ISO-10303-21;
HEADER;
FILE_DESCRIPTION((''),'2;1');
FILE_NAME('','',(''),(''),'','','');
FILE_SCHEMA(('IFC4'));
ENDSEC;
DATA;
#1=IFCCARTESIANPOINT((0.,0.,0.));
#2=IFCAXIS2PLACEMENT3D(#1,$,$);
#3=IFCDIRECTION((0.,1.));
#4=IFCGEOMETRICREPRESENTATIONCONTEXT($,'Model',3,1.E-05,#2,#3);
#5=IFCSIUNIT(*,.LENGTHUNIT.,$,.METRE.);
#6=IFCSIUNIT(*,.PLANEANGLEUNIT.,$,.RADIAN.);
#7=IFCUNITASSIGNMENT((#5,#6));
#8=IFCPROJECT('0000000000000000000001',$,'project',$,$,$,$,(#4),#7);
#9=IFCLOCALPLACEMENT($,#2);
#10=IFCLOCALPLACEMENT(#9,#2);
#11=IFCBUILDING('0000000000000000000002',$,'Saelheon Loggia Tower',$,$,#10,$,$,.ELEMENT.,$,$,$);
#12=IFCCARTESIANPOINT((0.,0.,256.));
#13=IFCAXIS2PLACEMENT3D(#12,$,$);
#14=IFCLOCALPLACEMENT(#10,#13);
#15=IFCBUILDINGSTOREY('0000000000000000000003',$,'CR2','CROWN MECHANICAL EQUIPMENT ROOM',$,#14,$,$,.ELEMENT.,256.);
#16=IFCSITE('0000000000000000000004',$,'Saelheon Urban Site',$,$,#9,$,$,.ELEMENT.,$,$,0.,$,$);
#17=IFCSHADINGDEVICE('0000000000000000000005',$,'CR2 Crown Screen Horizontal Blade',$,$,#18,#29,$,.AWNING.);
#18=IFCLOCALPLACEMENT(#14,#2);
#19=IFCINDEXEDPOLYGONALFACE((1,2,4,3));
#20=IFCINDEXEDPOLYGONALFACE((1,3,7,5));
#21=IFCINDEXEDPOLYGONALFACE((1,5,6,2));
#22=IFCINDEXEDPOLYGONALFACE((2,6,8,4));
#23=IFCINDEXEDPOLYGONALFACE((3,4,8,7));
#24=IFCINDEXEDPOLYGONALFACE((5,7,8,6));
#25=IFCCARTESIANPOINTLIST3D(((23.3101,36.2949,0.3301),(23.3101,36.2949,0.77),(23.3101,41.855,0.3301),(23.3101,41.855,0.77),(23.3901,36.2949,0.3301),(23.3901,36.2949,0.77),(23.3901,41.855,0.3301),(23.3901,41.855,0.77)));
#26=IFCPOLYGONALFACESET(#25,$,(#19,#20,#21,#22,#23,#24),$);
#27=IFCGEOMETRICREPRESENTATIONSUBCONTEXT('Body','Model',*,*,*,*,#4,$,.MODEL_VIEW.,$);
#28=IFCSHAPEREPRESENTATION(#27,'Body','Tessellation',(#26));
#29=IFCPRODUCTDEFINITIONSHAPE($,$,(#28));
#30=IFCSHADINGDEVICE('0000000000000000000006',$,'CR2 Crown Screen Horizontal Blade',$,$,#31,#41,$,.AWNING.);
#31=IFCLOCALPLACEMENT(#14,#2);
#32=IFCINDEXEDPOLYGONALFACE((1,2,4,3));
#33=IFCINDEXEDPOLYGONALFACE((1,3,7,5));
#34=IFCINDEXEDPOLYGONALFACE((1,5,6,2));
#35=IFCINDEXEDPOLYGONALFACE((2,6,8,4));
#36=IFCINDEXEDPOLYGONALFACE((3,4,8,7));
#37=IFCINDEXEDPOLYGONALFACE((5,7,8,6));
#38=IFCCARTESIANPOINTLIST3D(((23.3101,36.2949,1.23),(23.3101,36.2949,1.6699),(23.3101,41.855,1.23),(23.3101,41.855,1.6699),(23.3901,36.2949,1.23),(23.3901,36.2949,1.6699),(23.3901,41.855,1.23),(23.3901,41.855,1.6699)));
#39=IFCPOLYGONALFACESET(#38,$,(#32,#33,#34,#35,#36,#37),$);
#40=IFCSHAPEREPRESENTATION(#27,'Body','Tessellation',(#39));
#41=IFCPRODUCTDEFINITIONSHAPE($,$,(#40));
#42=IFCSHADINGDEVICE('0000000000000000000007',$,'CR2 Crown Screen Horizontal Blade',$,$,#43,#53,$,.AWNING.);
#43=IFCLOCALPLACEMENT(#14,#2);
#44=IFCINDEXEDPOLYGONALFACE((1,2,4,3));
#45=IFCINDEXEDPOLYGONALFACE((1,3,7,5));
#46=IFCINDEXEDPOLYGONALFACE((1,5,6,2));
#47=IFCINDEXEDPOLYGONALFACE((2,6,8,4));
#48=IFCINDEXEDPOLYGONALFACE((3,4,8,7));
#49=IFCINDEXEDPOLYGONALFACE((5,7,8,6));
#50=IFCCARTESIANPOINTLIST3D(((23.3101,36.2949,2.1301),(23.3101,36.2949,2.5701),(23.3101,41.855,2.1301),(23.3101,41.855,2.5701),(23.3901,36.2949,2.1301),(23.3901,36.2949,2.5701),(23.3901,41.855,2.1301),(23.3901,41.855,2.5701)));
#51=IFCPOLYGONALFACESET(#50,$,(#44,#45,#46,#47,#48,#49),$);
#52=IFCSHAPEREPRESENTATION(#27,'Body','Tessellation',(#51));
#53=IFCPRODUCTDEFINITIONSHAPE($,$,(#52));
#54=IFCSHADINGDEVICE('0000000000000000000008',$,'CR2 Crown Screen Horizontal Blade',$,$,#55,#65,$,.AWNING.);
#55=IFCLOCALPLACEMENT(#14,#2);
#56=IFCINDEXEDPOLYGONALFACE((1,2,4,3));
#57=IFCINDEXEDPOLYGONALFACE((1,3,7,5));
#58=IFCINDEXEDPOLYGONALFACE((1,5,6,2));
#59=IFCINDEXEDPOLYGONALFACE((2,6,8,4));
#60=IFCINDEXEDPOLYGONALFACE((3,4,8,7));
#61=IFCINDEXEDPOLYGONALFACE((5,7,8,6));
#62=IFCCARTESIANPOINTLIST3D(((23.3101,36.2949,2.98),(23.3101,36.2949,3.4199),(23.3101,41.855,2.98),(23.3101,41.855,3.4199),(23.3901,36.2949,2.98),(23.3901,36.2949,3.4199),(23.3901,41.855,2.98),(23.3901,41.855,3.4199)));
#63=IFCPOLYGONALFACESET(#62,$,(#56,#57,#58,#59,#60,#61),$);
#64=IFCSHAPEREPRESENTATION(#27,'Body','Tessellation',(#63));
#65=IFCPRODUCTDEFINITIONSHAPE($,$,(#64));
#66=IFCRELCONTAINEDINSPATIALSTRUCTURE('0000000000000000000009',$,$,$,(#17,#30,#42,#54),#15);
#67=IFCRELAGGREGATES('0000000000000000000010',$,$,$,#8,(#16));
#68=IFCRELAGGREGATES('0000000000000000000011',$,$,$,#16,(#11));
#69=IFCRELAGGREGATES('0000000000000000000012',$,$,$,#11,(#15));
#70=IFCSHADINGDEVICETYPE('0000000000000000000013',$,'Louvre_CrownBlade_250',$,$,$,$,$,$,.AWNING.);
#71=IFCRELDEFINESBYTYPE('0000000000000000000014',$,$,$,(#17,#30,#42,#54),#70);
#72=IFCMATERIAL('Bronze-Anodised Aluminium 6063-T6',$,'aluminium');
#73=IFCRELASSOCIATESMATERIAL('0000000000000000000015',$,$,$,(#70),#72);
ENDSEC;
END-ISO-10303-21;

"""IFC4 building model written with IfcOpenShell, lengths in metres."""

from ifc_helpers import new_model, si_unit, direction, frame, origin, origin_2d, place, context, subcontext, project, spatial, rectangle, extrude, source, transform, mapped, material, material_profile, profile_set, type_object, element, save


model = new_model("IFC4")

# Units and contexts
model_context = context("Model", 3, precision=1e-05, world=origin(), true_north=direction((0.0, 1.0)))
body_context = subcontext(model_context, "Body", "Model", "MODEL_VIEW")
ifc_project = project(units=[si_unit("LENGTHUNIT", "METRE"), si_unit("PLANEANGLEUNIT", "RADIAN")], contexts=[model_context])

# Site, building, storey
site_placement = place(None, origin())
site = spatial("IfcSite", under=ifc_project, at=site_placement, Name="Saelheon Urban Site", CompositionType="ELEMENT", RefElevation=0.0)
building_placement = place(site_placement, origin())
building = spatial("IfcBuilding", under=site, at=building_placement, Name="Saelheon Loggia Tower", CompositionType="ELEMENT")
storey_placement = place(building_placement, frame((0.0, 0.0, 256.0)))
storey = spatial("IfcBuildingStorey", under=building, at=storey_placement, Name="CR2", Description="CROWN MECHANICAL EQUIPMENT ROOM", CompositionType="ELEMENT", Elevation=256.0)

# Shared definitions
ifc_material_1 = material(Name="Bronze-Anodised Aluminium 6063-T6", Category="aluminium")

# Shading devices
ifc_material_profile_1 = material_profile(ifc_material_1, rectangle(XDim=0.0801, YDim=0.4399, at=origin_2d()), Name="Louvre_CrownBlade_250")
ifc_profile_set_1 = profile_set([ifc_material_profile_1], Name="Bronze-Anodised Aluminium 6063-T6")
shading_device_type = type_object("IfcShadingDeviceType", Name="Louvre_CrownBlade_250", PredefinedType="AWNING", material=ifc_profile_set_1)
shared_shape_1 = source(origin(), body_context, "Body", "SweptSolid", [
    extrude(rectangle(XDim=0.0801, YDim=0.4399, at=origin_2d()), origin(), (0.0, 0.0, 1.0), 5.5601),
])
for number, where, z_axis, x_axis, name in (
    (1, (23.3501, 41.855, 0.55), (0.0, -1.0, 0.0), (1.0, 0.0, 0.0), "CR2 Crown Screen Horizontal Blade"),
    (2, (23.3501, 41.855, 1.45), (0.0, -1.0, 0.0), (1.0, 0.0, 0.0), "CR2 Crown Screen Horizontal Blade"),
    (3, (23.3501, 41.855, 2.3501), (0.0, -1.0, 0.0), (1.0, 0.0, 0.0), "CR2 Crown Screen Horizontal Blade"),
    (4, (23.3501, 41.855, 3.2), (0.0, -1.0, 0.0), (1.0, 0.0, 0.0), "CR2 Crown Screen Horizontal Blade"),
):
    element("IfcShadingDevice", number, at=place(storey_placement, frame(where, z_axis=z_axis, x_axis=x_axis)), inside=storey, type_object=shading_device_type, Name=name, PredefinedType="AWNING", context=body_context, shape_type="MappedRepresentation", body=[
        mapped(shared_shape_1, transform((0.0, 0.0, 0.0), scale=1.0)),
    ])

save(model, "model.ifc")
